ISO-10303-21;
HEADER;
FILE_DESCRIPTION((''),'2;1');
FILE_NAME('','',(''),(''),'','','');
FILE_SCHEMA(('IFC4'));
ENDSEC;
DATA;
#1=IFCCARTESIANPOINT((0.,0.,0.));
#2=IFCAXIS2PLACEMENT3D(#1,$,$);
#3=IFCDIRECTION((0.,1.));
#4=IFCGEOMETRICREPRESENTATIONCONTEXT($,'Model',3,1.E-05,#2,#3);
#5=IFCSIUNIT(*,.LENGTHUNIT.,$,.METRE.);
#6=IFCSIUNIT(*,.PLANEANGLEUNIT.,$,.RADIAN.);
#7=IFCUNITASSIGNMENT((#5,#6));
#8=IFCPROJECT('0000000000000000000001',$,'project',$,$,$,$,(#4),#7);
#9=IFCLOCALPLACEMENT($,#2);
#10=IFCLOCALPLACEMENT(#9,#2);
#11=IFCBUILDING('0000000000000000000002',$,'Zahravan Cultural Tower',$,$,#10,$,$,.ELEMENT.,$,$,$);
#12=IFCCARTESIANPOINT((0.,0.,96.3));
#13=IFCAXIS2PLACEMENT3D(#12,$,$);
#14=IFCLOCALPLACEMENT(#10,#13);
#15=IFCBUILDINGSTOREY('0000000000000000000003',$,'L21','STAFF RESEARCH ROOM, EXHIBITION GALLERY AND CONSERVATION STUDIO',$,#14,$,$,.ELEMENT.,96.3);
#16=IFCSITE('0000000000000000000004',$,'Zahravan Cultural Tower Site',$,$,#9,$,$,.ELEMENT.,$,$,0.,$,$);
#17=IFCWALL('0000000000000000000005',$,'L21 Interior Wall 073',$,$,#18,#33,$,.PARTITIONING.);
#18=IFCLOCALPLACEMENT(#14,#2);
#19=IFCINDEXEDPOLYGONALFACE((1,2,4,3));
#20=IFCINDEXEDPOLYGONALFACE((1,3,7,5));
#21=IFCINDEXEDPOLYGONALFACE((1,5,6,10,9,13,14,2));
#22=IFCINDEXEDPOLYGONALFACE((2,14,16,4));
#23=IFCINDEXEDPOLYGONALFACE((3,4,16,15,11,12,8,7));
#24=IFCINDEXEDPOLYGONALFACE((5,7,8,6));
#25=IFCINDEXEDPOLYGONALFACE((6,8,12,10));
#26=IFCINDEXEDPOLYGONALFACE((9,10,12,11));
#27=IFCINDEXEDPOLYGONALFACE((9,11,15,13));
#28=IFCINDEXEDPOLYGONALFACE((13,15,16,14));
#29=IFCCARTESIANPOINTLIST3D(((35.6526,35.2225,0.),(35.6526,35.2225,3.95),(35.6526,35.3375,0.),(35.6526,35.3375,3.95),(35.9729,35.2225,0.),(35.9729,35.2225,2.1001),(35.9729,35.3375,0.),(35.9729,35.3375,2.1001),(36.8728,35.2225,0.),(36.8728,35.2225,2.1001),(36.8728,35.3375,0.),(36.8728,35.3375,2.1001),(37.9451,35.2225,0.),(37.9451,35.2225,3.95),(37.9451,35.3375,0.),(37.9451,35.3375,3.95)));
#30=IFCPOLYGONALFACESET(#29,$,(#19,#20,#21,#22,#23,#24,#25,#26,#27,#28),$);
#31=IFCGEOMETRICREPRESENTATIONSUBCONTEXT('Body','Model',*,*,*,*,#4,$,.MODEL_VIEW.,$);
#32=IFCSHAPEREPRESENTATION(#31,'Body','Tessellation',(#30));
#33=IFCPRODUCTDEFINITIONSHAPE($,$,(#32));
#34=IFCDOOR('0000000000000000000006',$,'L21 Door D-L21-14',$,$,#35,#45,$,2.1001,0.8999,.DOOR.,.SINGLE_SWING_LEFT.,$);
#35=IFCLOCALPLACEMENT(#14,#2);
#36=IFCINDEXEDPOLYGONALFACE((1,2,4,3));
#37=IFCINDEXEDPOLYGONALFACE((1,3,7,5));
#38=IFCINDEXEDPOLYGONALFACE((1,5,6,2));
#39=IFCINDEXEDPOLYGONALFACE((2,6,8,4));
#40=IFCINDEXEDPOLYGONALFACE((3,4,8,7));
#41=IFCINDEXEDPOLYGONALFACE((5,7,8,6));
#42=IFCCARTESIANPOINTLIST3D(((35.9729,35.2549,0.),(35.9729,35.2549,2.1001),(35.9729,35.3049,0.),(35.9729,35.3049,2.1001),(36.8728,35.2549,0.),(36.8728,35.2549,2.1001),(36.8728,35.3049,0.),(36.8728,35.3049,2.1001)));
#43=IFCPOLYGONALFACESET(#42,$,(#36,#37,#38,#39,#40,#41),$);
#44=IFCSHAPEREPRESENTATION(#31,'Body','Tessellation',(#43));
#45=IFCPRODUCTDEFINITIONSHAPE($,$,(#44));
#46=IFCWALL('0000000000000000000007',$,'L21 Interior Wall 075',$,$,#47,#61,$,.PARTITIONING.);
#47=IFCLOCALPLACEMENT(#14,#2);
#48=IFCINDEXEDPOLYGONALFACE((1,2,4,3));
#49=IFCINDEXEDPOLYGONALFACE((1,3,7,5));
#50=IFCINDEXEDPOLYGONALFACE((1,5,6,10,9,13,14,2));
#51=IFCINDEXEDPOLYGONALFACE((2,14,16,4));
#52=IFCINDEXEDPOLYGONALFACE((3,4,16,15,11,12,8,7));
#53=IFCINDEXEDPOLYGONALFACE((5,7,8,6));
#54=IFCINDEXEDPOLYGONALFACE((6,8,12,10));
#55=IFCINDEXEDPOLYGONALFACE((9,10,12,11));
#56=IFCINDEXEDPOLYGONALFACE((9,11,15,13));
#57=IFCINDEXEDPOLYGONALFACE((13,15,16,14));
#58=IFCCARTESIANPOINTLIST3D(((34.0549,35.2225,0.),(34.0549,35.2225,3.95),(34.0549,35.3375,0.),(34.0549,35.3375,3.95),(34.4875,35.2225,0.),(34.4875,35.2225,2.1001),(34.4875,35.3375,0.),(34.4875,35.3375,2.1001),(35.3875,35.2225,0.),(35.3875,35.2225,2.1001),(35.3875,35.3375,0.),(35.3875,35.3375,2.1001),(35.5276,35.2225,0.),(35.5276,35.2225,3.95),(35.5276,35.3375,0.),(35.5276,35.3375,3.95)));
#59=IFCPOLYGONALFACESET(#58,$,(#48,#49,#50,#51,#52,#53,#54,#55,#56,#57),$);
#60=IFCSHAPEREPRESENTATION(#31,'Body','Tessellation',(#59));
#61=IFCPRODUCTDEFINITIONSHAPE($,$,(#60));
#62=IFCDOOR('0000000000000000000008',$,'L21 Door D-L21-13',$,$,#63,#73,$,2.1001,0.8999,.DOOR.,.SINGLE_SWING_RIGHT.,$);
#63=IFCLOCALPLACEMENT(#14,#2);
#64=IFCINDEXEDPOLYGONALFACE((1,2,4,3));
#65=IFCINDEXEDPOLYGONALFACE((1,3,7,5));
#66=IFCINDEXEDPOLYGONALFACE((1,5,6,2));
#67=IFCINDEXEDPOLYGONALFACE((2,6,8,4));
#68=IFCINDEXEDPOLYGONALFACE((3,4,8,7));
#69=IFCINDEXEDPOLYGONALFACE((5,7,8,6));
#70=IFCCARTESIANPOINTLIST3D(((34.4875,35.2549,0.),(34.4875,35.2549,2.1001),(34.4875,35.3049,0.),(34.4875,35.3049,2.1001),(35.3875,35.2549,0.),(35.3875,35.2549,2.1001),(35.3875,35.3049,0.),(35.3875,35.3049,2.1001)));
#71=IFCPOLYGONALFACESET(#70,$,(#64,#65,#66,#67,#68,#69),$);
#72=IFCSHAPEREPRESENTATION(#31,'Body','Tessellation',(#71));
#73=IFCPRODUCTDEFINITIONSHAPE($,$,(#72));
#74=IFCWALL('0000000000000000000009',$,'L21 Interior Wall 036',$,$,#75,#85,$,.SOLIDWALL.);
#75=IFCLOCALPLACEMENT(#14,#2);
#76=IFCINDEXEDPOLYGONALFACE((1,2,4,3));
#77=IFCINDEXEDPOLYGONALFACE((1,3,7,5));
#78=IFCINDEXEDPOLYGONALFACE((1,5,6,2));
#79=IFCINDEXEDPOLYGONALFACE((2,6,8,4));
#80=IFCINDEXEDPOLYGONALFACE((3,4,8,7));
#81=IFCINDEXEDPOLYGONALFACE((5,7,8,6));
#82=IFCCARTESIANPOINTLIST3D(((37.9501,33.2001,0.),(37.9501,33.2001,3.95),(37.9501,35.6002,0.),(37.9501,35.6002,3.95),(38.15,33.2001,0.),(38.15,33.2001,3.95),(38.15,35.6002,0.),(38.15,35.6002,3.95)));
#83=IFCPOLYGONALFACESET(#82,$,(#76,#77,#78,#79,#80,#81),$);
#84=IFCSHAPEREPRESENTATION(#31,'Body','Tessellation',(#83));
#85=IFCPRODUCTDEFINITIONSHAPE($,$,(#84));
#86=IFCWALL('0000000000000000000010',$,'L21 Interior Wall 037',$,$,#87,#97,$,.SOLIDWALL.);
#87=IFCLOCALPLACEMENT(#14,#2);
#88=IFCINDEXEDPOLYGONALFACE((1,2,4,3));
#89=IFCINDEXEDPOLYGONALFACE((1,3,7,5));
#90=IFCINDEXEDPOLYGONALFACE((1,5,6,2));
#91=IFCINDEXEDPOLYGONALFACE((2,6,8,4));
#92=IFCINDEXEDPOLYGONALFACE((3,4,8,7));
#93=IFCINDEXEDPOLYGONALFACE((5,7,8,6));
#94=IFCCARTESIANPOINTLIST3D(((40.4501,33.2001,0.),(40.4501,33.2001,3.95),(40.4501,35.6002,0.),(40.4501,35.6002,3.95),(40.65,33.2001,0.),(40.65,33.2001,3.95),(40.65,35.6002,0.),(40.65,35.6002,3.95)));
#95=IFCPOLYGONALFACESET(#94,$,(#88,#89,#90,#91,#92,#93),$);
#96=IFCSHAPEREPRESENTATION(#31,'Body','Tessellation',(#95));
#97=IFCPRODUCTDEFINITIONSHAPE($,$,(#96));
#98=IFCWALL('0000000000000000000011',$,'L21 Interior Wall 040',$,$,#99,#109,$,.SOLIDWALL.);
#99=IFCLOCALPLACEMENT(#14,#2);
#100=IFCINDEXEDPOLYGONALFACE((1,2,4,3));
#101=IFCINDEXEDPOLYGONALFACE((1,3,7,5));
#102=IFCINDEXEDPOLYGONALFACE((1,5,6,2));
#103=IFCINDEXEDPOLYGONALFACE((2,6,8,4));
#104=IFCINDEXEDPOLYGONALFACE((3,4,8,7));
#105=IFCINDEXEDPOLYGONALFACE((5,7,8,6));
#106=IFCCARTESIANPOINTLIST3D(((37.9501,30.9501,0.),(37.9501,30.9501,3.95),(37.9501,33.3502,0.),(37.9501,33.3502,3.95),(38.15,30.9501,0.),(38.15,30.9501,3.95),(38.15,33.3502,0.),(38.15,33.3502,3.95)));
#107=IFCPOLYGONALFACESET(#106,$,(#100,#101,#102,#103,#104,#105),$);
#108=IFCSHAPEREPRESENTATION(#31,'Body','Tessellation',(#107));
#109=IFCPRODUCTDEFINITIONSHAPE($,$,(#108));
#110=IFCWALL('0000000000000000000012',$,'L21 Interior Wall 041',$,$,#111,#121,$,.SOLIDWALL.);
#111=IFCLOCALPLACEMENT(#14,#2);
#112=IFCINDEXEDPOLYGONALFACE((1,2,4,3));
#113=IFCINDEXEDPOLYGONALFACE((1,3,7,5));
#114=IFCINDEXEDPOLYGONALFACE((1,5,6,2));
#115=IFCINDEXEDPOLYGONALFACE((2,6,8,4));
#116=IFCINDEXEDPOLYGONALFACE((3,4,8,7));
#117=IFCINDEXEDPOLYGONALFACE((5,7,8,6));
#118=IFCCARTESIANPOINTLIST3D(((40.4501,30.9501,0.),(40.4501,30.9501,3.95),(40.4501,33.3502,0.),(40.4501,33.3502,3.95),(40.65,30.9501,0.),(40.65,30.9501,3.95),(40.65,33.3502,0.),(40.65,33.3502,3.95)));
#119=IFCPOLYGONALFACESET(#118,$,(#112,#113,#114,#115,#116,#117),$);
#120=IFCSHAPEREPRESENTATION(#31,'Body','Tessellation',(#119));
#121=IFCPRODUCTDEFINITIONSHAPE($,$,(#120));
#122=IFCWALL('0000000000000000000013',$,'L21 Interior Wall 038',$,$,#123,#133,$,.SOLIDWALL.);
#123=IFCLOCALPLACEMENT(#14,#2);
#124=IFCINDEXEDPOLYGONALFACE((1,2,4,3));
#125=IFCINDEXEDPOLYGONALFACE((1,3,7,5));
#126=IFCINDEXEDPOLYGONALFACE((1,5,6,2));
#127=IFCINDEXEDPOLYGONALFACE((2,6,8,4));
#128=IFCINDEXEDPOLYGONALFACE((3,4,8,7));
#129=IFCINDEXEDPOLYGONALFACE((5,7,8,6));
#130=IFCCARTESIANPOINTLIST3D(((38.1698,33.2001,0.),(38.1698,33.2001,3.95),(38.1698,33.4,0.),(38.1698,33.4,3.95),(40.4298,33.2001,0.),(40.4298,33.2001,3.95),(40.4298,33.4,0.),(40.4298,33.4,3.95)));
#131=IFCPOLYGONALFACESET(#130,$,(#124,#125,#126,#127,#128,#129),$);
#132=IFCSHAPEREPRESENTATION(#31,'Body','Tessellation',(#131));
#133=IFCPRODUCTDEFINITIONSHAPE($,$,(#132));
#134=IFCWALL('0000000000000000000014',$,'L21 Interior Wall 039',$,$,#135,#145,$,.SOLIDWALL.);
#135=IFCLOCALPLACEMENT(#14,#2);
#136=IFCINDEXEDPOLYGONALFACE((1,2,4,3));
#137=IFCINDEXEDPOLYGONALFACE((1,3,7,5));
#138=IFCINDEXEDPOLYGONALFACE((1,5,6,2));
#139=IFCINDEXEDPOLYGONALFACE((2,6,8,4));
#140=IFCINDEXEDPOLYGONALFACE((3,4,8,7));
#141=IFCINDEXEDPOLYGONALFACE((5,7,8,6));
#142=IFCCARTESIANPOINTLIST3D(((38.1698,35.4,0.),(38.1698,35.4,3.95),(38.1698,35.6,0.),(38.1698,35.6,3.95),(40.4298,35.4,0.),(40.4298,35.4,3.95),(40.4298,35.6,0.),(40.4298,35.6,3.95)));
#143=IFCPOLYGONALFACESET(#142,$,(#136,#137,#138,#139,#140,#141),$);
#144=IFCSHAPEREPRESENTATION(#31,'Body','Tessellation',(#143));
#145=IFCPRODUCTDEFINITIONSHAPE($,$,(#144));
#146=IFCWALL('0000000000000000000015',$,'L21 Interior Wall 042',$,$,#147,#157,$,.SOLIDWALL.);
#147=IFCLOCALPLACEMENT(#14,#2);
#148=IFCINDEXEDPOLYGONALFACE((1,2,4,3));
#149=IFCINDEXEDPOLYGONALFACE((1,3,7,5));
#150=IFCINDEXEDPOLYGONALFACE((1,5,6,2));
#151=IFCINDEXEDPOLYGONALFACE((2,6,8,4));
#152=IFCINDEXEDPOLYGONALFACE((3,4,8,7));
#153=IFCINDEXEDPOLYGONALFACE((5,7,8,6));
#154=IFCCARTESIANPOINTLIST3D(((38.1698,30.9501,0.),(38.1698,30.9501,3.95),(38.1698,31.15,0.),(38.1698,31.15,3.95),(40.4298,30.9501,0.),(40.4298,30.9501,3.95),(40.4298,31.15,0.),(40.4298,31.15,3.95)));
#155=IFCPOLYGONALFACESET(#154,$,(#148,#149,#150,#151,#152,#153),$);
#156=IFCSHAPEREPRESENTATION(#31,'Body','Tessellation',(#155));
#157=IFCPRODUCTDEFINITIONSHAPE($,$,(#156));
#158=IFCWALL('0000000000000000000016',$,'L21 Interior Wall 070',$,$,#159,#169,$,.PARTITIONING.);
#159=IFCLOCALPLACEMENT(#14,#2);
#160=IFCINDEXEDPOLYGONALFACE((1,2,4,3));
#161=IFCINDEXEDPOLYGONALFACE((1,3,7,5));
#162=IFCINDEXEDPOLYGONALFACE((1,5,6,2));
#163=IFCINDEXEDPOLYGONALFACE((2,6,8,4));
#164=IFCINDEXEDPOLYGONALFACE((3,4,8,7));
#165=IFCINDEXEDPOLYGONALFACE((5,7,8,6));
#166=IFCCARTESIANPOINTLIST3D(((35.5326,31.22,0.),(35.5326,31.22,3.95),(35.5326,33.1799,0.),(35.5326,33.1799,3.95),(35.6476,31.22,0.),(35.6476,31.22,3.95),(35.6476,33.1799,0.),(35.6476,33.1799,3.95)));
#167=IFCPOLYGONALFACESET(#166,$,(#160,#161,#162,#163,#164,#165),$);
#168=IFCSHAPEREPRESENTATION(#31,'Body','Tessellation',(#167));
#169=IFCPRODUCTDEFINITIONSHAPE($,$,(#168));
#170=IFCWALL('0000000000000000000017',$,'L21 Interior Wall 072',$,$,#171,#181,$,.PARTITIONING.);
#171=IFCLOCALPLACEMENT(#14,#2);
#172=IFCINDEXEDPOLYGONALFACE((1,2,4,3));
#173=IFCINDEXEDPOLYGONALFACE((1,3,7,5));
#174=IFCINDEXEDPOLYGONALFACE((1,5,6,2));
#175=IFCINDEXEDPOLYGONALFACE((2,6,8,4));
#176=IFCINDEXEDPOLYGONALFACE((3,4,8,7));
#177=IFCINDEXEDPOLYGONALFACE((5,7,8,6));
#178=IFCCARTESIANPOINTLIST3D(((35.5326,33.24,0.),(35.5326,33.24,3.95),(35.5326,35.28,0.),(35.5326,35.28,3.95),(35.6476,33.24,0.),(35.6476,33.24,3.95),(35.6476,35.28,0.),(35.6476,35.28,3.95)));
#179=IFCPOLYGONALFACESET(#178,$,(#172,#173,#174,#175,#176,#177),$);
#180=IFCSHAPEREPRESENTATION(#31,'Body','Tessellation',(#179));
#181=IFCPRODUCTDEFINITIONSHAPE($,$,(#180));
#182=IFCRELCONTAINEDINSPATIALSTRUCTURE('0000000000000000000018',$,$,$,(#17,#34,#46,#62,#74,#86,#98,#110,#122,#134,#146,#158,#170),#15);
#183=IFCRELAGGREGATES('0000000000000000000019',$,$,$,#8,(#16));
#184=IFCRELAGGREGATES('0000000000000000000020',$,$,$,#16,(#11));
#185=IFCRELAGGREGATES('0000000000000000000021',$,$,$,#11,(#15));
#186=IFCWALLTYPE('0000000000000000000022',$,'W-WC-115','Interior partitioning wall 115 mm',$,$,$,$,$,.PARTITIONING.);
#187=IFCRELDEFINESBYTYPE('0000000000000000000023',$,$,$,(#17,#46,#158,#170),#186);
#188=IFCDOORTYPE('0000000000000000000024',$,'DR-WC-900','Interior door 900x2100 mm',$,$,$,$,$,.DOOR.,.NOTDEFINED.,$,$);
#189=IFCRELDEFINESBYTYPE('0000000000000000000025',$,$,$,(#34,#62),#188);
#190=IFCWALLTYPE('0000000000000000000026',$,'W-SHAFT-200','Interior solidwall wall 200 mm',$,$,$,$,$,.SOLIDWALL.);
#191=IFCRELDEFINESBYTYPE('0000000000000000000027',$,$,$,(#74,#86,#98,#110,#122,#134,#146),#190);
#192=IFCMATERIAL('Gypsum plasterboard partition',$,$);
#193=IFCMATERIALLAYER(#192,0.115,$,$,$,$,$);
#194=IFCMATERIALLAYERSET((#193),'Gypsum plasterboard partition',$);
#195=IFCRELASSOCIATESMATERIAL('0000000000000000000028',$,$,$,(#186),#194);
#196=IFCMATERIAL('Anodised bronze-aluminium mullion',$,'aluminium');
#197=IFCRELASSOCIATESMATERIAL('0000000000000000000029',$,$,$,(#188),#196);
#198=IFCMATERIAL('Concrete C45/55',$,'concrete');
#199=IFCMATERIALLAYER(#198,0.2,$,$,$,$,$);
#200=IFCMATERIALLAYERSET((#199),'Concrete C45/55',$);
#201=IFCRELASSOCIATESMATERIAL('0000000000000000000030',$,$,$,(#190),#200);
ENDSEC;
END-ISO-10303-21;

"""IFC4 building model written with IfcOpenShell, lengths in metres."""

from ifc_helpers import new_model, si_unit, direction, frame, frame_2d, origin, place, context, subcontext, project, spatial, rectangle, extrude, source, transform, mapped, material, layer, layer_set, type_object, element, fill, save


model = new_model("IFC4")

# Units and contexts
model_context = context("Model", 3, precision=1e-05, world=origin(), true_north=direction((0.0, 1.0)))
body_context = subcontext(model_context, "Body", "Model", "MODEL_VIEW")
ifc_project = project(units=[si_unit("LENGTHUNIT", "METRE"), si_unit("PLANEANGLEUNIT", "RADIAN")], contexts=[model_context])

# Site, building, storey
site_placement = place(None, origin())
site = spatial("IfcSite", under=ifc_project, at=site_placement, Name="Zahravan Cultural Tower Site", CompositionType="ELEMENT", RefElevation=0.0)
building_placement = place(site_placement, origin())
building = spatial("IfcBuilding", under=site, at=building_placement, Name="Zahravan Cultural Tower", CompositionType="ELEMENT")
storey_placement = place(building_placement, frame((0.0, 0.0, 96.3)))
storey = spatial("IfcBuildingStorey", under=building, at=storey_placement, Name="L21", Description="STAFF RESEARCH ROOM, EXHIBITION GALLERY AND CONSERVATION STUDIO", CompositionType="ELEMENT", Elevation=96.3)

# Shared definitions
ifc_material_1 = material(Name="Anodised bronze-aluminium mullion", Category="aluminium")

# Walls, openings, doors
ifc_material_2 = material(Name="Gypsum plasterboard partition")
ifc_layer_1 = layer(ifc_material_2, 0.115)
ifc_layer_set_1 = layer_set([ifc_layer_1], Name="Gypsum plasterboard partition")
wall_type_1 = type_object("IfcWallType", Name="W-WC-115", Description="Interior partitioning wall 115 mm", PredefinedType="PARTITIONING", material=ifc_layer_set_1)
door_type_1 = type_object("IfcDoorType", Name="DR-WC-900", Description="Interior door 900x2100 mm", OperationType="NOTDEFINED", PredefinedType="DOOR", material=ifc_material_1)
shared_shape_1 = source(origin(), body_context, "Body", "SweptSolid", [
    extrude(rectangle(XDim=0.8999, YDim=2.1001, at=frame_2d((0.45, 1.05))), frame((0.0, 0.0249, 0.0), z_axis=(0.0, -1.0, 0.0), x_axis=(1.0, 0.0, 0.0)), (0.0, 0.0, 1.0), 0.05),
])
wall_1_placement = place(storey_placement, frame((35.6526, 35.28, 0.0), z_axis=(0.0, 0.0, 1.0), x_axis=(1.0, 0.0, 0.0)))
wall_1 = element("IfcWall", 1, at=wall_1_placement, inside=storey, type_object=wall_type_1, Name="L21 Interior Wall 073", PredefinedType="PARTITIONING", context=body_context, shape_type="SweptSolid", body=[
    extrude(rectangle(XDim=2.2925, YDim=0.115, at=frame_2d((1.1462, 0.0))), origin(), (0.0, 0.0, 1.0), 3.95),
])
opening_1_placement = place(wall_1_placement, frame((0.3203, 0.0, 0.0)))
opening_1 = element("IfcOpeningElement", 2, at=opening_1_placement, cuts=wall_1, PredefinedType="OPENING", context=body_context, shape_type="SweptSolid", body=[
    extrude(rectangle(XDim=0.8999, YDim=2.1001, at=frame_2d((0.45, 1.05))), frame((0.0, 0.0674, 0.0), z_axis=(0.0, -1.0, 0.0), x_axis=(1.0, 0.0, 0.0)), (0.0, 0.0, 1.0), 0.135),
])
door_1_placement = place(opening_1_placement, origin())
door_1 = element("IfcDoor", 3, at=door_1_placement, inside=storey, type_object=door_type_1, Name="L21 Door D-L21-14", OperationType="SINGLE_SWING_LEFT", OverallHeight=2.1001, OverallWidth=0.8999, PredefinedType="DOOR", context=body_context, shape_type="MappedRepresentation", body=[
    mapped(shared_shape_1, transform((0.0, 0.0, 0.0), x_axis=(1.0, 0.0, 0.0), y_axis=(0.0, 1.0, 0.0), z_axis=(0.0, 0.0, 1.0), scale=1.0)),
])
fill(opening_1, door_1)
wall_2_placement = place(storey_placement, frame((34.0549, 35.28, 0.0), z_axis=(0.0, 0.0, 1.0), x_axis=(1.0, 0.0, 0.0)))
wall_2 = element("IfcWall", 4, at=wall_2_placement, inside=storey, type_object=wall_type_1, Name="L21 Interior Wall 075", PredefinedType="PARTITIONING", context=body_context, shape_type="SweptSolid", body=[
    extrude(rectangle(XDim=1.4727, YDim=0.115, at=frame_2d((0.7363, 0.0))), origin(), (0.0, 0.0, 1.0), 3.95),
])
opening_2_placement = place(wall_2_placement, frame((0.4326, 0.0, 0.0)))
opening_2 = element("IfcOpeningElement", 5, at=opening_2_placement, cuts=wall_2, PredefinedType="OPENING", context=body_context, shape_type="SweptSolid", body=[
    extrude(rectangle(XDim=0.8999, YDim=2.1001, at=frame_2d((0.45, 1.05))), frame((0.0, 0.0674, 0.0), z_axis=(0.0, -1.0, 0.0), x_axis=(1.0, 0.0, 0.0)), (0.0, 0.0, 1.0), 0.135),
])
door_2_placement = place(opening_2_placement, origin())
door_2 = element("IfcDoor", 6, at=door_2_placement, inside=storey, type_object=door_type_1, Name="L21 Door D-L21-13", OperationType="SINGLE_SWING_RIGHT", OverallHeight=2.1001, OverallWidth=0.8999, PredefinedType="DOOR", context=body_context, shape_type="MappedRepresentation", body=[
    mapped(shared_shape_1, transform((0.0, 0.0, 0.0), x_axis=(1.0, 0.0, 0.0), y_axis=(0.0, 1.0, 0.0), z_axis=(0.0, 0.0, 1.0), scale=1.0)),
])
fill(opening_2, door_2)

# Walls
ifc_material_3 = material(Name="Concrete C45/55", Category="concrete")
ifc_layer_2 = layer(ifc_material_3, 0.2)
ifc_layer_set_2 = layer_set([ifc_layer_2], Name="Concrete C45/55")
wall_type_2 = type_object("IfcWallType", Name="W-SHAFT-200", Description="Interior solidwall wall 200 mm", PredefinedType="SOLIDWALL", material=ifc_layer_set_2)
shared_shape_2 = source(origin(), body_context, "Body", "SweptSolid", [
    extrude(rectangle(XDim=2.4001, YDim=0.2, at=frame_2d((1.2002, 0.0))), origin(), (0.0, 0.0, 1.0), 3.95),
])
for number, where, z_axis, x_axis, name in (
    (7, (38.05, 33.2, 0.0), (0.0, 0.0, 1.0), (0.0, 1.0, 0.0), "L21 Interior Wall 036"),
    (8, (40.55, 33.2, 0.0), (0.0, 0.0, 1.0), (0.0, 1.0, 0.0), "L21 Interior Wall 037"),
    (9, (38.05, 30.95, 0.0), (0.0, 0.0, 1.0), (0.0, 1.0, 0.0), "L21 Interior Wall 040"),
    (10, (40.55, 30.95, 0.0), (0.0, 0.0, 1.0), (0.0, 1.0, 0.0), "L21 Interior Wall 041"),
):
    element("IfcWall", number, at=place(storey_placement, frame(where, z_axis=z_axis, x_axis=x_axis)), inside=storey, type_object=wall_type_2, Name=name, PredefinedType="SOLIDWALL", context=body_context, shape_type="MappedRepresentation", body=[
        mapped(shared_shape_2, transform((0.0, 0.0, 0.0), x_axis=(1.0, 0.0, 0.0), y_axis=(0.0, 1.0, 0.0), z_axis=(0.0, 0.0, 1.0), scale=1.0)),
    ])
shared_shape_3 = source(origin(), body_context, "Body", "SweptSolid", [
    extrude(rectangle(XDim=2.26, YDim=0.2, at=frame_2d((1.1299, 0.0))), origin(), (0.0, 0.0, 1.0), 3.95),
])
for number, where, z_axis, x_axis, name in (
    (11, (38.1699, 33.3, 0.0), (0.0, 0.0, 1.0), (1.0, 0.0, 0.0), "L21 Interior Wall 038"),
    (12, (38.1699, 35.5, 0.0), (0.0, 0.0, 1.0), (1.0, 0.0, 0.0), "L21 Interior Wall 039"),
    (13, (38.1699, 31.05, 0.0), (0.0, 0.0, 1.0), (1.0, 0.0, 0.0), "L21 Interior Wall 042"),
):
    element("IfcWall", number, at=place(storey_placement, frame(where, z_axis=z_axis, x_axis=x_axis)), inside=storey, type_object=wall_type_2, Name=name, PredefinedType="SOLIDWALL", context=body_context, shape_type="MappedRepresentation", body=[
        mapped(shared_shape_3, transform((0.0, 0.0, 0.0), x_axis=(1.0, 0.0, 0.0), y_axis=(0.0, 1.0, 0.0), z_axis=(0.0, 0.0, 1.0), scale=1.0)),
    ])
shared_shape_4 = source(origin(), body_context, "Body", "SweptSolid", [
    extrude(rectangle(XDim=1.96, YDim=0.115, at=frame_2d((0.98, 0.0))), origin(), (0.0, 0.0, 1.0), 3.95),
])
wall_3_placement = place(storey_placement, frame((35.5901, 31.22, 0.0), z_axis=(0.0, 0.0, 1.0), x_axis=(0.0, 1.0, 0.0)))
element("IfcWall", 14, at=wall_3_placement, inside=storey, type_object=wall_type_1, Name="L21 Interior Wall 070", PredefinedType="PARTITIONING", context=body_context, shape_type="MappedRepresentation", body=[
    mapped(shared_shape_4, transform((0.0, 0.0, 0.0), x_axis=(1.0, 0.0, 0.0), y_axis=(0.0, 1.0, 0.0), z_axis=(0.0, 0.0, 1.0), scale=1.0)),
])
shared_shape_5 = source(origin(), body_context, "Body", "SweptSolid", [
    extrude(rectangle(XDim=2.04, YDim=0.115, at=frame_2d((1.02, 0.0))), origin(), (0.0, 0.0, 1.0), 3.95),
])
wall_4_placement = place(storey_placement, frame((35.5901, 33.24, 0.0), z_axis=(0.0, 0.0, 1.0), x_axis=(0.0, 1.0, 0.0)))
element("IfcWall", 15, at=wall_4_placement, inside=storey, type_object=wall_type_1, Name="L21 Interior Wall 072", PredefinedType="PARTITIONING", context=body_context, shape_type="MappedRepresentation", body=[
    mapped(shared_shape_5, transform((0.0, 0.0, 0.0), x_axis=(1.0, 0.0, 0.0), y_axis=(0.0, 1.0, 0.0), z_axis=(0.0, 0.0, 1.0), scale=1.0)),
])

save(model, "model.ifc")
